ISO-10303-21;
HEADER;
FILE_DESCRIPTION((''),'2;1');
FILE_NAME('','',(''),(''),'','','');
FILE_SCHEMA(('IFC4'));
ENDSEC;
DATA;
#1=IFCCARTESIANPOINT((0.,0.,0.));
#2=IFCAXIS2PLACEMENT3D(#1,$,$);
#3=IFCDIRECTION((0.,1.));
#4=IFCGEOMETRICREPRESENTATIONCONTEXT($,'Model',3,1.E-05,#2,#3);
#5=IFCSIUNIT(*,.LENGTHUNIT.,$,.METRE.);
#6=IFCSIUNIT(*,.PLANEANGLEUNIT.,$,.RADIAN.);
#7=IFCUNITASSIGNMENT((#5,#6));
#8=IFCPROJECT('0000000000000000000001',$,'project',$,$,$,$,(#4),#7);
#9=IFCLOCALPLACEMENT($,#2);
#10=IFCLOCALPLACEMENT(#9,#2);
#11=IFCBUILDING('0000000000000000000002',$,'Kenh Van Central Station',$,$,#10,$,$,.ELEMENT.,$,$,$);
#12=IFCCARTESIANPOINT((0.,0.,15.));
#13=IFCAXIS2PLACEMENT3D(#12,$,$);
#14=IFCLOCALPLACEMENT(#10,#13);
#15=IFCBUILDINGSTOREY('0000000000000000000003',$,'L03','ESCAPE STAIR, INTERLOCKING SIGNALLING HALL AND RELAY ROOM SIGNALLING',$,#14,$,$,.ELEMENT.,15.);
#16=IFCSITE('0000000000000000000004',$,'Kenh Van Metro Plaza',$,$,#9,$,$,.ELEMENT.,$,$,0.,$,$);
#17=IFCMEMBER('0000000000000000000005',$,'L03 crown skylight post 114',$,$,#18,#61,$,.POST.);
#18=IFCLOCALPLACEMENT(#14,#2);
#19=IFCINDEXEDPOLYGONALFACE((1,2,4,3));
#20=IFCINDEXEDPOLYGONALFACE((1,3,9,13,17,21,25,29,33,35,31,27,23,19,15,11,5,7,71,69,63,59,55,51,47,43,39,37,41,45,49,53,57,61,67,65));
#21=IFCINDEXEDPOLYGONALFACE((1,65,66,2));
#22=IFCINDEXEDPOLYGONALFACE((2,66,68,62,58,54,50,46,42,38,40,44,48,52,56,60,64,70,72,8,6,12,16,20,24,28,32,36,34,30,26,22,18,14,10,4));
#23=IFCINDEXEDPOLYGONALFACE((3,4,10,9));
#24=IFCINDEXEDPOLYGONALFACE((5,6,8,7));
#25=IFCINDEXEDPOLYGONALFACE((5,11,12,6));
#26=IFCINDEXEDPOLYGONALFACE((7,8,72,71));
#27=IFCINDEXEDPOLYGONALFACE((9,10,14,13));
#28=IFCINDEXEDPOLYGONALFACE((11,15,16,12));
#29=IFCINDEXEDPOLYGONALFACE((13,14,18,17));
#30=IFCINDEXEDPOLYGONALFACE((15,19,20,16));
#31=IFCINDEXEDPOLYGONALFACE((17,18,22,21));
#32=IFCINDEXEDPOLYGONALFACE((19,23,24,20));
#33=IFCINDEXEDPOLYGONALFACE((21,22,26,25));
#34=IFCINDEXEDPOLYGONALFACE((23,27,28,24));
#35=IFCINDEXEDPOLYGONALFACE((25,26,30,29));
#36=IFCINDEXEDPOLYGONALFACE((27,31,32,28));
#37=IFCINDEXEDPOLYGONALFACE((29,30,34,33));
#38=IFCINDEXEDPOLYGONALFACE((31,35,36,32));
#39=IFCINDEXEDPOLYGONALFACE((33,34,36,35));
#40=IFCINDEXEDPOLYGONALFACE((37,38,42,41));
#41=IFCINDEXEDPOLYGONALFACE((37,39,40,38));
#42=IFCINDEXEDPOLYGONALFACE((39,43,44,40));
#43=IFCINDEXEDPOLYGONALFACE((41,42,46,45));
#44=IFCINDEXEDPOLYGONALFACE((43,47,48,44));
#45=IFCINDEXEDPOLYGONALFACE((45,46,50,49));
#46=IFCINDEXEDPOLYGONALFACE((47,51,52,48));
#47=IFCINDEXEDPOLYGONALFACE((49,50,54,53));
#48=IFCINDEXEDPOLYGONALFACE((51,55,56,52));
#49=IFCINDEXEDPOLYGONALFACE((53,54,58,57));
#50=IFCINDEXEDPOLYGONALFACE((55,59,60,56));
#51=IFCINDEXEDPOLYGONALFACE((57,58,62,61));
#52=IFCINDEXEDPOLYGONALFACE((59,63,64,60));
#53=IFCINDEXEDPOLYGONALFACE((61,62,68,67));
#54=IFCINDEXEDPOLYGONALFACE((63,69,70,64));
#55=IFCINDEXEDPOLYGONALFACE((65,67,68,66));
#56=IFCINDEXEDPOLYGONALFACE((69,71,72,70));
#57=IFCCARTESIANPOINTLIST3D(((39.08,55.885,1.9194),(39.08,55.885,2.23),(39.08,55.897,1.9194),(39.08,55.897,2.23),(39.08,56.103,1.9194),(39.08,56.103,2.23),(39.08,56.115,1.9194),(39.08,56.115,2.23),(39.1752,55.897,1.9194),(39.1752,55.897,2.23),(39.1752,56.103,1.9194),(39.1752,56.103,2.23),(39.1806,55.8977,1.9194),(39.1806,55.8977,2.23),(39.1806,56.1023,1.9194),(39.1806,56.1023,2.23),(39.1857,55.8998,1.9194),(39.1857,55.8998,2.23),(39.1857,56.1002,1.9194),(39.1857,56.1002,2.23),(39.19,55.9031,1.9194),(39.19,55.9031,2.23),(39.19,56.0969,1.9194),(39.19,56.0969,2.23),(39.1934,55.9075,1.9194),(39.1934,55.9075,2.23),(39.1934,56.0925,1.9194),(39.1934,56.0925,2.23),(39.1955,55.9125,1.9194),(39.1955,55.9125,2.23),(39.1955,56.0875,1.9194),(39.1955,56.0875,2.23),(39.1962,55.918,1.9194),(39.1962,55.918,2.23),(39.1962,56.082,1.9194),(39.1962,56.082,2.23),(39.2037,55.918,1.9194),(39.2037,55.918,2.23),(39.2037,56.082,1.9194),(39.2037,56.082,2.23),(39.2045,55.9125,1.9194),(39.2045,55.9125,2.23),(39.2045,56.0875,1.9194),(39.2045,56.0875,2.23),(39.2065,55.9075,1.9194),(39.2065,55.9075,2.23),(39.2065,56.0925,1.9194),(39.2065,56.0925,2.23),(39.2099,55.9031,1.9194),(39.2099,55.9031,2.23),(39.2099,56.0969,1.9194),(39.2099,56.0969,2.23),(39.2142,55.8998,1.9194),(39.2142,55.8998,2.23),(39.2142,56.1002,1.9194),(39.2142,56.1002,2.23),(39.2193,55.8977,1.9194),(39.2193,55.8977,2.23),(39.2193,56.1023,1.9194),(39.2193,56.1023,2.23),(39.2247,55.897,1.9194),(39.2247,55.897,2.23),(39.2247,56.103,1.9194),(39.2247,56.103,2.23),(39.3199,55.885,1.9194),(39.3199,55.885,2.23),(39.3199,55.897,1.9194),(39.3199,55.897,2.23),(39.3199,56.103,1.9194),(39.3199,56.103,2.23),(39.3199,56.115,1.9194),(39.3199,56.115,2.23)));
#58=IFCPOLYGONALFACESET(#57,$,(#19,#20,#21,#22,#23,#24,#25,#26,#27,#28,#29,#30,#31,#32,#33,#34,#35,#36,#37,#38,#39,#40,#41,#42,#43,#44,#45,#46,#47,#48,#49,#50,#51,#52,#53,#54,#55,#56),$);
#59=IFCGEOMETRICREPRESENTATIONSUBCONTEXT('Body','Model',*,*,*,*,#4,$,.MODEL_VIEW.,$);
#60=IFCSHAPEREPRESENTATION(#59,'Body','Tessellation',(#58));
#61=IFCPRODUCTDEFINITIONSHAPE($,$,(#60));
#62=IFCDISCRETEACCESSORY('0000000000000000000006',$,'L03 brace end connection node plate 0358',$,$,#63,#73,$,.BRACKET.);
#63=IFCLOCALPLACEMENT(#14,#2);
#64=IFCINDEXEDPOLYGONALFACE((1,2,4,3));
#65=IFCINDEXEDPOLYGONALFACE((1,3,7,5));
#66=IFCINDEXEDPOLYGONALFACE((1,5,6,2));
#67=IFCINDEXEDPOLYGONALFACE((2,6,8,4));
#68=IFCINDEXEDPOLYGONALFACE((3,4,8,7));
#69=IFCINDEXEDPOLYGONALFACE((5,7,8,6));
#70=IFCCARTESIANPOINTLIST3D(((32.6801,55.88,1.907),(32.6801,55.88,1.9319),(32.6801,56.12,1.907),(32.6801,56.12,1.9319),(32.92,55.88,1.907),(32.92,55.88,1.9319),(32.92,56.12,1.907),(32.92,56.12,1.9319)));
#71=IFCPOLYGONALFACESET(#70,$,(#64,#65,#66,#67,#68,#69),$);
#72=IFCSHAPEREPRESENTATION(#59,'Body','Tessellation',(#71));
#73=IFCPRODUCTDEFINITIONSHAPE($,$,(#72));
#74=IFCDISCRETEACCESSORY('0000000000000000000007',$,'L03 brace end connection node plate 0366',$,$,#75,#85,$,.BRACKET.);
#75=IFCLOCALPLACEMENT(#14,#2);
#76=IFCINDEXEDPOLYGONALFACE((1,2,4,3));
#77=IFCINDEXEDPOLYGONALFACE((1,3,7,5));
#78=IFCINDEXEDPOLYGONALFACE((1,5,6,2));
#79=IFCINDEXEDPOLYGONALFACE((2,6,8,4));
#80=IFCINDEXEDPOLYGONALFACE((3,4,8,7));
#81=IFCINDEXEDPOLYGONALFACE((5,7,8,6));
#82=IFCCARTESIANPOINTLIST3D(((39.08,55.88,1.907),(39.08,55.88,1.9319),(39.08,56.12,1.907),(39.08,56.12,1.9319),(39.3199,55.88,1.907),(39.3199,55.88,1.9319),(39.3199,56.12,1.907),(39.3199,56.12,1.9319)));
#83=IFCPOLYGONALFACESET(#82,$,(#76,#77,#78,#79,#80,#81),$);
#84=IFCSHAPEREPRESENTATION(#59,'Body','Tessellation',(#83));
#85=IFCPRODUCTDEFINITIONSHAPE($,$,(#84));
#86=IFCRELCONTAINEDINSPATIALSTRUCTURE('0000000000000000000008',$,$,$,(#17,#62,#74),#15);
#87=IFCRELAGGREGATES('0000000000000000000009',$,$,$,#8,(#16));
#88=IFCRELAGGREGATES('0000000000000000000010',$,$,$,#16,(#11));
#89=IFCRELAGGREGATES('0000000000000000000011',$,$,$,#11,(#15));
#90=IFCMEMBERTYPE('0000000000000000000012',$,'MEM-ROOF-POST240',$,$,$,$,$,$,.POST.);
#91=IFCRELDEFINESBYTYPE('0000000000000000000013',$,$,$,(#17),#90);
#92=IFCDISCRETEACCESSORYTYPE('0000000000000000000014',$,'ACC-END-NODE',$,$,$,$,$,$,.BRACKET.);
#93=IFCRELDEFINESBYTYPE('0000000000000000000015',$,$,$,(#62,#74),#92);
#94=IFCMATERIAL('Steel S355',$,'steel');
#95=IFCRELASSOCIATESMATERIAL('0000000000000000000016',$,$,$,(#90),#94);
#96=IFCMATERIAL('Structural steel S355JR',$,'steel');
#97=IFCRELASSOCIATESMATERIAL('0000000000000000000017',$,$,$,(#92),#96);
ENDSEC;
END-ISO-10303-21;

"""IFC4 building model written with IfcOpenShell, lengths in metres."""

from ifc_helpers import new_model, si_unit, direction, frame, origin, origin_2d, place, context, subcontext, project, spatial, rectangle, i_section, extrude, material, material_profile, profile_set, type_object, element, save


model = new_model("IFC4")

# Units and contexts
model_context = context("Model", 3, precision=1e-05, world=origin(), true_north=direction((0.0, 1.0)))
body_context = subcontext(model_context, "Body", "Model", "MODEL_VIEW")
ifc_project = project(units=[si_unit("LENGTHUNIT", "METRE"), si_unit("PLANEANGLEUNIT", "RADIAN")], contexts=[model_context])

# Site, building, storey
site_placement = place(None, origin())
site = spatial("IfcSite", under=ifc_project, at=site_placement, Name="Kenh Van Metro Plaza", CompositionType="ELEMENT", RefElevation=0.0)
building_placement = place(site_placement, origin())
building = spatial("IfcBuilding", under=site, at=building_placement, Name="Kenh Van Central Station", CompositionType="ELEMENT")
storey_placement = place(building_placement, frame((0.0, 0.0, 15.0)))
storey = spatial("IfcBuildingStorey", under=building, at=storey_placement, Name="L03", Description="ESCAPE STAIR, INTERLOCKING SIGNALLING HALL AND RELAY ROOM SIGNALLING", CompositionType="ELEMENT", Elevation=15.0)

# Shared definitions
ifc_material_1 = material(Name="Steel S355", Category="steel")

# Member
ifc_material_profile_1 = material_profile(ifc_material_1, i_section(OverallWidth=0.24, OverallDepth=0.23, WebThickness=0.0076, FlangeThickness=0.012, FilletRadius=0.021, at=origin_2d()), Name="HEA 240")
ifc_profile_set_1 = profile_set([ifc_material_profile_1], Name="Steel S355")
member_type_1 = type_object("IfcMemberType", Name="MEM-ROOF-POST240", PredefinedType="POST", material=ifc_profile_set_1)
for number, where, z_axis, x_axis, name in (
    (1, (39.2, 56.0, 1.9194), (0.0, 0.0, 1.0), (1.0, 0.0, 0.0), "L03 crown skylight post 114"),
):
    element("IfcMember", number, at=place(storey_placement, frame(where, z_axis=z_axis, x_axis=x_axis)), inside=storey, type_object=member_type_1, Name=name, PredefinedType="POST", context=body_context, shape_type="SweptSolid", body=[
        extrude(i_section(OverallWidth=0.24, OverallDepth=0.23, WebThickness=0.0076, FlangeThickness=0.012, FilletRadius=0.021, at=origin_2d()), origin(), (0.0, 0.0, 1.0), 0.3105),
    ])

# Discrete accessories
ifc_material_2 = material(Name="Structural steel S355JR", Category="steel")
discrete_accessory_type = type_object("IfcDiscreteAccessoryType", Name="ACC-END-NODE", PredefinedType="BRACKET", material=ifc_material_2)
for number, where, z_axis, x_axis, name in (
    (2, (32.8, 56.0, 1.907), (0.0, 0.0, 1.0), (1.0, 0.0, 0.0), "L03 brace end connection node plate 0358"),
    (3, (39.2, 56.0, 1.907), (0.0, 0.0, 1.0), (1.0, 0.0, 0.0), "L03 brace end connection node plate 0366"),
):
    element("IfcDiscreteAccessory", number, at=place(storey_placement, frame(where, z_axis=z_axis, x_axis=x_axis)), inside=storey, type_object=discrete_accessory_type, Name=name, PredefinedType="BRACKET", context=body_context, shape_type="SweptSolid", body=[
        extrude(rectangle(XDim=0.24, YDim=0.24, at=origin_2d()), origin(), (0.0, 0.0, 1.0), 0.0249),
    ])

save(model, "model.ifc")
